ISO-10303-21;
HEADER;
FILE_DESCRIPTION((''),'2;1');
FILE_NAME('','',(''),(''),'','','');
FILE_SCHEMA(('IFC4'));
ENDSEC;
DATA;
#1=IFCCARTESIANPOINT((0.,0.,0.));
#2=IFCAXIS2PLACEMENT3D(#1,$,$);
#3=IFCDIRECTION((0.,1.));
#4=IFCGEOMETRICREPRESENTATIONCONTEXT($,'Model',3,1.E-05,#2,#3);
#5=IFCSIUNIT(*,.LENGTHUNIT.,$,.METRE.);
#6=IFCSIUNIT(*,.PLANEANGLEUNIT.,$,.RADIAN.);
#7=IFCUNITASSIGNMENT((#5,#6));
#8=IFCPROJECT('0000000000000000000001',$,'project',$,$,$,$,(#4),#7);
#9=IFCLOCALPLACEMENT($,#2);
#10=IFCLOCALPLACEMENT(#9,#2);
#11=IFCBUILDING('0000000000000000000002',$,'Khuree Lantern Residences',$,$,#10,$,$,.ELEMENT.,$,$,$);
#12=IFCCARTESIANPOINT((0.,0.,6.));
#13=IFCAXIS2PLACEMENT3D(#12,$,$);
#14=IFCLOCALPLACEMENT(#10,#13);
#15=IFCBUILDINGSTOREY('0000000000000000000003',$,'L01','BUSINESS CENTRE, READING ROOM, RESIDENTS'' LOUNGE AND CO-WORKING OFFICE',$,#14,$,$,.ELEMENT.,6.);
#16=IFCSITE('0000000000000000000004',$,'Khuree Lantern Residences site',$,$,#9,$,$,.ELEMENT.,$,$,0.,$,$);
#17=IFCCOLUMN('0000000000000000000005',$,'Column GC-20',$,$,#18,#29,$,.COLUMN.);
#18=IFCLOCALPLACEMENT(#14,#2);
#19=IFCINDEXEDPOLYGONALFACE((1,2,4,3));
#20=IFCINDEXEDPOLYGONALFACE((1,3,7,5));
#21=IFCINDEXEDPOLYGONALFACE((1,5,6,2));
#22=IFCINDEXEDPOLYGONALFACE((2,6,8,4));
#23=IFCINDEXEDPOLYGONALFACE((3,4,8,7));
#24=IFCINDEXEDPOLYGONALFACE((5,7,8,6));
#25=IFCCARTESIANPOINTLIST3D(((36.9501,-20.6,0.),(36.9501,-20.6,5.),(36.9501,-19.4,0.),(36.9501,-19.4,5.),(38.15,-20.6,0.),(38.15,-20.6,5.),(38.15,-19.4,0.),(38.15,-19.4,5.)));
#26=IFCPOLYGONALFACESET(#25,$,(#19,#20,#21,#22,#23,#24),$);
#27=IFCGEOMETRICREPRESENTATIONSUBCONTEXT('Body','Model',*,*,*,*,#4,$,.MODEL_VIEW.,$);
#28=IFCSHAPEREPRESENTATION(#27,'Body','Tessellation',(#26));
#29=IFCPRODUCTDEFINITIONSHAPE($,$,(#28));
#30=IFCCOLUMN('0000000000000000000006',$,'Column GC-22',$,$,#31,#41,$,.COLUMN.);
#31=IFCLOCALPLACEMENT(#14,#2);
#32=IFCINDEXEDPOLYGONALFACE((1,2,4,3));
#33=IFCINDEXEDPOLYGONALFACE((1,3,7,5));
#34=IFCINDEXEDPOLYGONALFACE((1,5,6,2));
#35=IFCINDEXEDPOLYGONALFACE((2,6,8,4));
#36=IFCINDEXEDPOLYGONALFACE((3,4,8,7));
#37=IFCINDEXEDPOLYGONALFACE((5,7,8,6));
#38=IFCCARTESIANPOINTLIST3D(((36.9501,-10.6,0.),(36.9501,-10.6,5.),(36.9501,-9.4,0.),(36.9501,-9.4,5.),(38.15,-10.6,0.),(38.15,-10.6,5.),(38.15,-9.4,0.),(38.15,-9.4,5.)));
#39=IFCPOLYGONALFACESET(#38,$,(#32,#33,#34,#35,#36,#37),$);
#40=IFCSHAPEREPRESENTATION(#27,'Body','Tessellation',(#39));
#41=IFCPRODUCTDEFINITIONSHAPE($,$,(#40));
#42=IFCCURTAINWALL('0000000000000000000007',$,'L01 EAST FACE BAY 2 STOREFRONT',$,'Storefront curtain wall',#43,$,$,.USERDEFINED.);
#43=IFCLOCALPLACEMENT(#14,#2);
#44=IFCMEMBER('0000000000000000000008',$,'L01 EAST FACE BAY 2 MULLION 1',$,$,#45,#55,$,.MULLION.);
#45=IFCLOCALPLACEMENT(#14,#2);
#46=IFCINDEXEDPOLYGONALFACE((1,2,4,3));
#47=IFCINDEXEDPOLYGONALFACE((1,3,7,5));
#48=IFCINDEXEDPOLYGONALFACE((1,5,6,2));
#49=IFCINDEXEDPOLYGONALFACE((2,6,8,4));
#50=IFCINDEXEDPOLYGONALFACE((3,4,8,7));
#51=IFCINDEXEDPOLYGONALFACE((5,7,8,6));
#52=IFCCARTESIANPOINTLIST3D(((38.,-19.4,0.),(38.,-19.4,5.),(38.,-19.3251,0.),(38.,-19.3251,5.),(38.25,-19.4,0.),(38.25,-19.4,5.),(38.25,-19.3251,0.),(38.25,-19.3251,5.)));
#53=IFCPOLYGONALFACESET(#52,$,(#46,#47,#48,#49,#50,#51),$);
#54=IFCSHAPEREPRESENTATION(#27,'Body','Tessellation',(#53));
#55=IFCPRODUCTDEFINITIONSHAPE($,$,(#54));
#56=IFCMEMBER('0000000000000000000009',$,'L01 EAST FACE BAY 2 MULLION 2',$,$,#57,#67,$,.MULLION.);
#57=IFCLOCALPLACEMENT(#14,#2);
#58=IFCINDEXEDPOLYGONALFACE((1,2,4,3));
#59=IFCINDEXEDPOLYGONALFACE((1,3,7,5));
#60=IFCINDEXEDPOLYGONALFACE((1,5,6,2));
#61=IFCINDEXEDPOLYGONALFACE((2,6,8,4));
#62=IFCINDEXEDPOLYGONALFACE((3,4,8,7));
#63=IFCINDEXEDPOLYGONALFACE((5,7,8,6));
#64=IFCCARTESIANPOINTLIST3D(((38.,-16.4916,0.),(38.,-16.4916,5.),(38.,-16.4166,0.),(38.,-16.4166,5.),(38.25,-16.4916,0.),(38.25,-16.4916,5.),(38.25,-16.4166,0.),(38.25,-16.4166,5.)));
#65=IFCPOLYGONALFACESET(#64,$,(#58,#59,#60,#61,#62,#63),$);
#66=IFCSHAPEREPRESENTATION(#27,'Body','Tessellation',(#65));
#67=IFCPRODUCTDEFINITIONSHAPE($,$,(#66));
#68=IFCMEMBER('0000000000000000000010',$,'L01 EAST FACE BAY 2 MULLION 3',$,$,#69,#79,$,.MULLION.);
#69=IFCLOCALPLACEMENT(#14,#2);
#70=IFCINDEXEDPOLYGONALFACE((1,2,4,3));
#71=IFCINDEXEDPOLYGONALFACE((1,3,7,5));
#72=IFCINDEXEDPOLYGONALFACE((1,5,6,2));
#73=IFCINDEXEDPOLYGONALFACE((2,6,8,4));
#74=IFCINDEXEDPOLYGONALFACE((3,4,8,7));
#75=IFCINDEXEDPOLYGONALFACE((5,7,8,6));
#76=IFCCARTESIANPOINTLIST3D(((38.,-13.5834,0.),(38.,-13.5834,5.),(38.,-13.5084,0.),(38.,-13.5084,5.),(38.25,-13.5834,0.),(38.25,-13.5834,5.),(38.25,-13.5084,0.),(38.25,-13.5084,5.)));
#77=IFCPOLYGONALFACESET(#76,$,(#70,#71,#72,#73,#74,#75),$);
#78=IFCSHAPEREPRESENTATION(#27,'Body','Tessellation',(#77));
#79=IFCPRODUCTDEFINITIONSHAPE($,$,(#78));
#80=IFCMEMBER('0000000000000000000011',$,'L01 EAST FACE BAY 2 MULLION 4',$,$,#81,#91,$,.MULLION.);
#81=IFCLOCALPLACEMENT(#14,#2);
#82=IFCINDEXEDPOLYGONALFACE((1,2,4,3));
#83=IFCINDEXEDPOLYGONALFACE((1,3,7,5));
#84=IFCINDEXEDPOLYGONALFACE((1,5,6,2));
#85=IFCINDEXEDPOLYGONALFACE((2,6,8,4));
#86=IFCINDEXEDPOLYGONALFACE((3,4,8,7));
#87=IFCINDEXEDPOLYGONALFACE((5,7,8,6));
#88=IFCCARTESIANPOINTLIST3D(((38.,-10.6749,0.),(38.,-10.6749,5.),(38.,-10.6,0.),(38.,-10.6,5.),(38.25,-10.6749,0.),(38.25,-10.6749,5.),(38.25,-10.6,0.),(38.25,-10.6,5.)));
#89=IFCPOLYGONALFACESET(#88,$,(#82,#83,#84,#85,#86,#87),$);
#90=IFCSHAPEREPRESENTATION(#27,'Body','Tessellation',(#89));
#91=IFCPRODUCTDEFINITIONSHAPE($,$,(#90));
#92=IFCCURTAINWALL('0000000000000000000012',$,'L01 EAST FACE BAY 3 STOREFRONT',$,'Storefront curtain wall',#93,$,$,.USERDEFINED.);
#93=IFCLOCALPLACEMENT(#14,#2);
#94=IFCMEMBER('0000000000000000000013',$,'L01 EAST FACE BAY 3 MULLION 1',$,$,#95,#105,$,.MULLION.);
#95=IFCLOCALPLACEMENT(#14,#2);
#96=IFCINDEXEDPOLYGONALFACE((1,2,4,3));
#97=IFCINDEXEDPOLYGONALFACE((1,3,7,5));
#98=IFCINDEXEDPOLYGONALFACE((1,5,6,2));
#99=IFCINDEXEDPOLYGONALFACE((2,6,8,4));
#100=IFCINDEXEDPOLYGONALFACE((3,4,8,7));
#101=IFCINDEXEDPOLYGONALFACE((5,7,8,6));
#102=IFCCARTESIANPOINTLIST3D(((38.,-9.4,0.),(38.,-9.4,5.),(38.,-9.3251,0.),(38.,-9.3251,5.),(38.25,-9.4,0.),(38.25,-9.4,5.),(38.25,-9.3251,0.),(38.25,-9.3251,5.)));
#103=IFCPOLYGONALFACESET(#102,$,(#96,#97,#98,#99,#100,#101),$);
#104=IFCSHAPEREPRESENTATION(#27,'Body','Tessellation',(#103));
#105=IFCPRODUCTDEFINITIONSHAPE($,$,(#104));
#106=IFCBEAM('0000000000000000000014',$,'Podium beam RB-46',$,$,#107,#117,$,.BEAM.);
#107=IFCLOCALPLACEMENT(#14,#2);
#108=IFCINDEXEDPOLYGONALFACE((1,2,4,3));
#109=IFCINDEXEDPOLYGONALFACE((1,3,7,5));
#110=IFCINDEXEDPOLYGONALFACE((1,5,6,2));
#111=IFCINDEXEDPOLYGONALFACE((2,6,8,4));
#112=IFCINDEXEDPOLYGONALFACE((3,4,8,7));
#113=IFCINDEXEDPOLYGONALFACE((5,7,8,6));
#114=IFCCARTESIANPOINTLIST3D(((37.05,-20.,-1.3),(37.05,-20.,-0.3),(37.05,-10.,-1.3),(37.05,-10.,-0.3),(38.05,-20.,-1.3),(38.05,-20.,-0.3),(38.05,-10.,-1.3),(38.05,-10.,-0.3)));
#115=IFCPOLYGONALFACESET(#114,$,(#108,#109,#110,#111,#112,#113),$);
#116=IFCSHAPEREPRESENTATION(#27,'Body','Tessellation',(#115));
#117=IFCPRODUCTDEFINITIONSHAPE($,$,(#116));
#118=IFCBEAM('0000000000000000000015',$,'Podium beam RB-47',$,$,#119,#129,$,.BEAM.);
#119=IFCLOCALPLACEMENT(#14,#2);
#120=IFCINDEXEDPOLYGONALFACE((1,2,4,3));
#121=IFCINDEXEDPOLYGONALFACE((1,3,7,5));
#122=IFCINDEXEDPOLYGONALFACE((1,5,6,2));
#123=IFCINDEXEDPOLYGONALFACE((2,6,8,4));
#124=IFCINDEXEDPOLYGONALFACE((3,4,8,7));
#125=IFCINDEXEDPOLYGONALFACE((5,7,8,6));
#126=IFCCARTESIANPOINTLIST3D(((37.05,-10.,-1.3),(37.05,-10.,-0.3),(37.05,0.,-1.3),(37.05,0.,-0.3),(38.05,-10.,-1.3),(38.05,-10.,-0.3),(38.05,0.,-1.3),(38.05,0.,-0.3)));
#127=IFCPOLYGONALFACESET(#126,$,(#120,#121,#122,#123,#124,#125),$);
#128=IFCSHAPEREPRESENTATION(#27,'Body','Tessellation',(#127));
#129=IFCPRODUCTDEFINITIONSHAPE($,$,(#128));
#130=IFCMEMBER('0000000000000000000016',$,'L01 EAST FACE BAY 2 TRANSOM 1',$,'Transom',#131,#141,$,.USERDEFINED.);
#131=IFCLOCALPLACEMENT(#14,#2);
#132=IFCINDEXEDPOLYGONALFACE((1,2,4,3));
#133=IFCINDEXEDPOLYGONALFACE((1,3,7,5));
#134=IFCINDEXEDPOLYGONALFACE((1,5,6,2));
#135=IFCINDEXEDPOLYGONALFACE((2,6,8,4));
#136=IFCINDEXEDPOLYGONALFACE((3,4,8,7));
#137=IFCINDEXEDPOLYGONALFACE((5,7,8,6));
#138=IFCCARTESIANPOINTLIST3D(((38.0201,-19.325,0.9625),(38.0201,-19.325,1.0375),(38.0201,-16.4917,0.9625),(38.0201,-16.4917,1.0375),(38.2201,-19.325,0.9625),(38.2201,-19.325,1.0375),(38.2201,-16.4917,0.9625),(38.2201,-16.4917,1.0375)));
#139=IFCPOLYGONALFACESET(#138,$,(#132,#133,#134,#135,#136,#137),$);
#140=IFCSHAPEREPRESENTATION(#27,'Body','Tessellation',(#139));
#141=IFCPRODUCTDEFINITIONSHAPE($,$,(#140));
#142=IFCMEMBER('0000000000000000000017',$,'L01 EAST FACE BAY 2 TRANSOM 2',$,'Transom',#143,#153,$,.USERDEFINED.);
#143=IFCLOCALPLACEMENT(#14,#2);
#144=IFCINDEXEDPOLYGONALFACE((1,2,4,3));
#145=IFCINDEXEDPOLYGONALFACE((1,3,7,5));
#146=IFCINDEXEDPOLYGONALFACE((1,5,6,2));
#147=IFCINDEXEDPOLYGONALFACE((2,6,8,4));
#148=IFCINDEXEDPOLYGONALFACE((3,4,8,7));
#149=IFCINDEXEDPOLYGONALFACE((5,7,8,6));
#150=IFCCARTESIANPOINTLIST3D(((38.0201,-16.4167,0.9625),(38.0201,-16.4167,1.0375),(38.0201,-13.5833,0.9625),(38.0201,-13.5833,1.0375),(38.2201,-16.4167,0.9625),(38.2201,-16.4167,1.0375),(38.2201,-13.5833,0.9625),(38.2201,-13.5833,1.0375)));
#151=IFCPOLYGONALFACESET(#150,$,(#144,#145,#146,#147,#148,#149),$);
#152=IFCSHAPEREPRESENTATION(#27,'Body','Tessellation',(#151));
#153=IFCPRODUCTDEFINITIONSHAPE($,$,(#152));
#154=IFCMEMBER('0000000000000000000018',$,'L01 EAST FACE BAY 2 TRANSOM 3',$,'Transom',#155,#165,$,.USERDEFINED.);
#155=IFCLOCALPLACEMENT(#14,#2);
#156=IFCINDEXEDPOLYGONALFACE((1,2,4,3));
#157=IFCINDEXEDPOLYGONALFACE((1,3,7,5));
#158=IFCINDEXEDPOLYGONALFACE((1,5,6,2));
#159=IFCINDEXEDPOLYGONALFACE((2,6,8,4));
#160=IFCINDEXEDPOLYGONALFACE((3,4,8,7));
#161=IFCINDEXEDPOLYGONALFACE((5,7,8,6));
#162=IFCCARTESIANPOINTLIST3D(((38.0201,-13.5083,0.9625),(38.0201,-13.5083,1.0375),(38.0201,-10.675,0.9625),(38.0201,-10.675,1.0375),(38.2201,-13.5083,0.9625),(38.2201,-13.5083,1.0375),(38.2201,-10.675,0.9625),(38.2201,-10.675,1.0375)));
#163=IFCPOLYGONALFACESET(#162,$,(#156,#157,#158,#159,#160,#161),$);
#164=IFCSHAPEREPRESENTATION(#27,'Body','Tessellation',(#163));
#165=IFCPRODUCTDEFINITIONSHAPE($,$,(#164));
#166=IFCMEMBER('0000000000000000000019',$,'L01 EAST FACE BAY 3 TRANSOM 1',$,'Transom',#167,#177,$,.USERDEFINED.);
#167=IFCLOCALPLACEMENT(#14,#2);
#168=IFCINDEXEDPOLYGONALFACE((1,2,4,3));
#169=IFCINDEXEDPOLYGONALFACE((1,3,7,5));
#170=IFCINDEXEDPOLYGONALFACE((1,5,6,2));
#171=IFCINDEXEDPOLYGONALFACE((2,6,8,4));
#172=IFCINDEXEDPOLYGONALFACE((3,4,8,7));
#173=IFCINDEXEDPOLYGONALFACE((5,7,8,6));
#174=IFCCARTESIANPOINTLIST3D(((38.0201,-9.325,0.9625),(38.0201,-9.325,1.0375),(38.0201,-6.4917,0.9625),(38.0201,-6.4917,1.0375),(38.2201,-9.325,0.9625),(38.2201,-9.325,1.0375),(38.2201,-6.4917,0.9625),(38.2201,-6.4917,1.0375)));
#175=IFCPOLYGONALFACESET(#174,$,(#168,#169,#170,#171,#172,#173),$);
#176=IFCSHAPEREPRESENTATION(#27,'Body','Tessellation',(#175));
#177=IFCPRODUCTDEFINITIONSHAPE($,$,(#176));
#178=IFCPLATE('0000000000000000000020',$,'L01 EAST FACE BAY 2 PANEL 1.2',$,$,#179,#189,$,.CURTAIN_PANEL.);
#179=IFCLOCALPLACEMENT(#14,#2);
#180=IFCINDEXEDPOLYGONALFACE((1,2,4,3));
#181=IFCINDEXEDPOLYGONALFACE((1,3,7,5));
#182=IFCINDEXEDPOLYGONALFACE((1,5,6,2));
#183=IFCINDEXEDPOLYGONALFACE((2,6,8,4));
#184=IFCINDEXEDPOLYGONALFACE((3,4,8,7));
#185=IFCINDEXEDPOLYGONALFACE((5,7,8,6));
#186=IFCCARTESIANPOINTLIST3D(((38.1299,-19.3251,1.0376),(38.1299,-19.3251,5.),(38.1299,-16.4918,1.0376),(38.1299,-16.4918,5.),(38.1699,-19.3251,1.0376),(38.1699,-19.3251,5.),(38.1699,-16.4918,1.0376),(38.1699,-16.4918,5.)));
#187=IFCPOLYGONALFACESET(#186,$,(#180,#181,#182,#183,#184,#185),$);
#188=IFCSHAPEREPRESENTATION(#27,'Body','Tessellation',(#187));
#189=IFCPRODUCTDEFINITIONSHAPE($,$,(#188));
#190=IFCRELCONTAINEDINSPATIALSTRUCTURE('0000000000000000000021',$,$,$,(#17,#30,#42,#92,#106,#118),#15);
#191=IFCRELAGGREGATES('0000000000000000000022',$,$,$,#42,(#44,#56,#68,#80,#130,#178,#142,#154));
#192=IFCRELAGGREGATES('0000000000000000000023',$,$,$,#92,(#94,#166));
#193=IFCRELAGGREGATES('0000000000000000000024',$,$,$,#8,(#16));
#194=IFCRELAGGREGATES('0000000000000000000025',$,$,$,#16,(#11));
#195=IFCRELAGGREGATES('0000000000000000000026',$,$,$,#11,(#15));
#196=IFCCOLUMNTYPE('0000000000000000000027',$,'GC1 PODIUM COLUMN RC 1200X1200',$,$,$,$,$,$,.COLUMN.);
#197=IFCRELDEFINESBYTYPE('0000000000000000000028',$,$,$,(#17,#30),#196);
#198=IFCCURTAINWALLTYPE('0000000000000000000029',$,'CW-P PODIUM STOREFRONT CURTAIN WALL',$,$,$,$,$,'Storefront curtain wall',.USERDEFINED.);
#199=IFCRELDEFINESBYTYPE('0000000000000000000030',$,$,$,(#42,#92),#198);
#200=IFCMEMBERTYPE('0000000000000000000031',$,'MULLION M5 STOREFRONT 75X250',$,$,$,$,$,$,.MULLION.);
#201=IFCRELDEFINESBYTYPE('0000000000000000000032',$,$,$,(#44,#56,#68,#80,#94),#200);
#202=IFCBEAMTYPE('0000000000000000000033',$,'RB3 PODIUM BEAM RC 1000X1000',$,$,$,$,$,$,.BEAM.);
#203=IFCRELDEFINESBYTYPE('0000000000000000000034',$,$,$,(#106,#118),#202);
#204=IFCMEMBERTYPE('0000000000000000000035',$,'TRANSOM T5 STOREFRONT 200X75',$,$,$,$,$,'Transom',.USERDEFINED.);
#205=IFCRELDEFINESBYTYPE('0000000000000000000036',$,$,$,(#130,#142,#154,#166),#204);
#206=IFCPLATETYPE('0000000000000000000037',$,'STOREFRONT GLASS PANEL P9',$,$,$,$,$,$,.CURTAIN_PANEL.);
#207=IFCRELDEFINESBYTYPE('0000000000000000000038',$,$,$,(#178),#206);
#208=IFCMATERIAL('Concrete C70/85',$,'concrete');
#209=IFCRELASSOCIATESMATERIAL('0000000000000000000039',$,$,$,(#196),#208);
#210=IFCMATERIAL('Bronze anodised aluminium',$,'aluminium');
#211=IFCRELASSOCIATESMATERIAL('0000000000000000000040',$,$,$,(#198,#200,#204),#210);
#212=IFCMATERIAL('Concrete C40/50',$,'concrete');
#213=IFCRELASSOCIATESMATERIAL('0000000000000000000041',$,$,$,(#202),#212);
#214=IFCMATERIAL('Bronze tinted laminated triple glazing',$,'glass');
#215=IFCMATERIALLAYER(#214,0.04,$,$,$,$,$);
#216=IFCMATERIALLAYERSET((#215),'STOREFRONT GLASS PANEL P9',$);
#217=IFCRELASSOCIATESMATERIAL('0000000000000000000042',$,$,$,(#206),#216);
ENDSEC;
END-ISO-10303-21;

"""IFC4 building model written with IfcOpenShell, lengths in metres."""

from ifc_helpers import new_model, si_unit, direction, frame, origin, origin_2d, place, context, subcontext, project, spatial, rectangle, extrude, material, layer, layer_set, material_profile, profile_set, type_object, element, aggregate, save


model = new_model("IFC4")

# Units and contexts
model_context = context("Model", 3, precision=1e-05, world=origin(), true_north=direction((0.0, 1.0)))
body_context = subcontext(model_context, "Body", "Model", "MODEL_VIEW")
ifc_project = project(units=[si_unit("LENGTHUNIT", "METRE"), si_unit("PLANEANGLEUNIT", "RADIAN")], contexts=[model_context])

# Site, building, storey
site_placement = place(None, origin())
site = spatial("IfcSite", under=ifc_project, at=site_placement, Name="Khuree Lantern Residences site", CompositionType="ELEMENT", RefElevation=0.0)
building_placement = place(site_placement, origin())
building = spatial("IfcBuilding", under=site, at=building_placement, Name="Khuree Lantern Residences", CompositionType="ELEMENT")
storey_placement = place(building_placement, frame((0.0, 0.0, 6.0)))
storey = spatial("IfcBuildingStorey", under=building, at=storey_placement, Name="L01", Description="BUSINESS CENTRE, READING ROOM, RESIDENTS' LOUNGE AND CO-WORKING OFFICE", CompositionType="ELEMENT", Elevation=6.0)

# Columns
ifc_material_1 = material(Name="Concrete C70/85", Category="concrete")
ifc_material_profile_1 = material_profile(ifc_material_1, rectangle(XDim=1.2, YDim=1.2, at=origin_2d()), Name="RC 1200X1200")
ifc_profile_set_1 = profile_set([ifc_material_profile_1], Name="Concrete C70/85")
column_type = type_object("IfcColumnType", Name="GC1 PODIUM COLUMN RC 1200X1200", PredefinedType="COLUMN", material=ifc_profile_set_1)
for number, where, z_axis, x_axis, name in (
    (1, (37.55, -20.0, 0.0), (0.0, 0.0, 1.0), (1.0, 0.0, 0.0), "Column GC-20"),
    (2, (37.55, -10.0, 0.0), (0.0, 0.0, 1.0), (1.0, 0.0, 0.0), "Column GC-22"),
):
    element("IfcColumn", number, at=place(storey_placement, frame(where, z_axis=z_axis, x_axis=x_axis)), inside=storey, type_object=column_type, Name=name, PredefinedType="COLUMN", context=body_context, shape_type="SweptSolid", body=[
        extrude(rectangle(XDim=1.2, YDim=1.2, at=origin_2d()), origin(), (0.0, 0.0, 1.0), 5.0),
    ])

# Curtain wall, members
ifc_material_2 = material(Name="Bronze anodised aluminium", Category="aluminium")
curtain_wall_type = type_object("IfcCurtainWallType", Name="CW-P PODIUM STOREFRONT CURTAIN WALL", ElementType="Storefront curtain wall", PredefinedType="USERDEFINED", material=ifc_material_2)
curtain_wall_1_placement = place(storey_placement, origin())
curtain_wall_1 = element("IfcCurtainWall", 3, at=curtain_wall_1_placement, inside=storey, type_object=curtain_wall_type, Name="L01 EAST FACE BAY 2 STOREFRONT", ObjectType="Storefront curtain wall", PredefinedType="USERDEFINED")
ifc_material_profile_2 = material_profile(ifc_material_2, rectangle(XDim=0.075, YDim=0.25, at=origin_2d()), Name="M5 75X250")
ifc_profile_set_2 = profile_set([ifc_material_profile_2], Name="Bronze anodised aluminium")
member_type_1 = type_object("IfcMemberType", Name="MULLION M5 STOREFRONT 75X250", PredefinedType="MULLION", material=ifc_profile_set_2)
member_1_placement = place(storey_placement, frame((38.125, -19.3625, 0.0), z_axis=(0.0, 0.0, 1.0), x_axis=(0.0, 1.0, 0.0)))
member_1 = element("IfcMember", 4, at=member_1_placement, type_object=member_type_1, Name="L01 EAST FACE BAY 2 MULLION 1", PredefinedType="MULLION", context=body_context, shape_type="SweptSolid", body=[
    extrude(rectangle(XDim=0.075, YDim=0.25, at=origin_2d()), origin(), (0.0, 0.0, 1.0), 5.0),
])
member_2_placement = place(storey_placement, frame((38.125, -16.4541, 0.0), z_axis=(0.0, 0.0, 1.0), x_axis=(0.0, 1.0, 0.0)))
member_2 = element("IfcMember", 5, at=member_2_placement, type_object=member_type_1, Name="L01 EAST FACE BAY 2 MULLION 2", PredefinedType="MULLION", context=body_context, shape_type="SweptSolid", body=[
    extrude(rectangle(XDim=0.075, YDim=0.25, at=origin_2d()), origin(), (0.0, 0.0, 1.0), 5.0),
])
member_3_placement = place(storey_placement, frame((38.125, -13.5459, 0.0), z_axis=(0.0, 0.0, 1.0), x_axis=(0.0, 1.0, 0.0)))
member_3 = element("IfcMember", 6, at=member_3_placement, type_object=member_type_1, Name="L01 EAST FACE BAY 2 MULLION 3", PredefinedType="MULLION", context=body_context, shape_type="SweptSolid", body=[
    extrude(rectangle(XDim=0.075, YDim=0.25, at=origin_2d()), origin(), (0.0, 0.0, 1.0), 5.0),
])
member_4_placement = place(storey_placement, frame((38.125, -10.6375, 0.0), z_axis=(0.0, 0.0, 1.0), x_axis=(0.0, 1.0, 0.0)))
member_4 = element("IfcMember", 7, at=member_4_placement, type_object=member_type_1, Name="L01 EAST FACE BAY 2 MULLION 4", PredefinedType="MULLION", context=body_context, shape_type="SweptSolid", body=[
    extrude(rectangle(XDim=0.075, YDim=0.25, at=origin_2d()), origin(), (0.0, 0.0, 1.0), 5.0),
])

# Curtain wall, member
curtain_wall_2_placement = place(storey_placement, origin())
curtain_wall_2 = element("IfcCurtainWall", 8, at=curtain_wall_2_placement, inside=storey, type_object=curtain_wall_type, Name="L01 EAST FACE BAY 3 STOREFRONT", ObjectType="Storefront curtain wall", PredefinedType="USERDEFINED")
member_5_placement = place(storey_placement, frame((38.125, -9.3625, 0.0), z_axis=(0.0, 0.0, 1.0), x_axis=(0.0, 1.0, 0.0)))
member_5 = element("IfcMember", 9, at=member_5_placement, type_object=member_type_1, Name="L01 EAST FACE BAY 3 MULLION 1", PredefinedType="MULLION", context=body_context, shape_type="SweptSolid", body=[
    extrude(rectangle(XDim=0.075, YDim=0.25, at=origin_2d()), origin(), (0.0, 0.0, 1.0), 5.0),
])

# Beams
ifc_material_3 = material(Name="Concrete C40/50", Category="concrete")
ifc_material_profile_3 = material_profile(ifc_material_3, rectangle(XDim=1.0, YDim=1.0, at=origin_2d()), Name="RC 1000X1000")
ifc_profile_set_3 = profile_set([ifc_material_profile_3], Name="Concrete C40/50")
beam_type = type_object("IfcBeamType", Name="RB3 PODIUM BEAM RC 1000X1000", PredefinedType="BEAM", material=ifc_profile_set_3)
for number, where, z_axis, x_axis, name in (
    (10, (37.55, -20.0, -0.8), (0.0, 1.0, 0.0), (-1.0, 0.0, 0.0), "Podium beam RB-46"),
    (11, (37.55, -10.0, -0.8), (0.0, 1.0, 0.0), (-1.0, 0.0, 0.0), "Podium beam RB-47"),
):
    element("IfcBeam", number, at=place(storey_placement, frame(where, z_axis=z_axis, x_axis=x_axis)), inside=storey, type_object=beam_type, Name=name, PredefinedType="BEAM", context=body_context, shape_type="SweptSolid", body=[
        extrude(rectangle(XDim=1.0, YDim=1.0, at=origin_2d()), origin(), (0.0, 0.0, 1.0), 10.0),
    ])

# Members
ifc_material_profile_4 = material_profile(ifc_material_2, rectangle(XDim=0.2, YDim=0.075, at=origin_2d()), Name="T5 200X75")
ifc_profile_set_4 = profile_set([ifc_material_profile_4], Name="Bronze anodised aluminium")
member_type_2 = type_object("IfcMemberType", Name="TRANSOM T5 STOREFRONT 200X75", ElementType="Transom", PredefinedType="USERDEFINED", material=ifc_profile_set_4)
member_6_placement = place(storey_placement, frame((38.1201, -19.325, 1.0), z_axis=(0.0, 1.0, 0.0), x_axis=(-1.0, 0.0, 0.0)))
member_6 = element("IfcMember", 12, at=member_6_placement, type_object=member_type_2, Name="L01 EAST FACE BAY 2 TRANSOM 1", ObjectType="Transom", PredefinedType="USERDEFINED", context=body_context, shape_type="SweptSolid", body=[
    extrude(rectangle(XDim=0.2, YDim=0.075, at=origin_2d()), origin(), (0.0, 0.0, 1.0), 2.8333),
])
member_7_placement = place(storey_placement, frame((38.1201, -16.4167, 1.0), z_axis=(0.0, 1.0, 0.0), x_axis=(-1.0, 0.0, 0.0)))
member_7 = element("IfcMember", 13, at=member_7_placement, type_object=member_type_2, Name="L01 EAST FACE BAY 2 TRANSOM 2", ObjectType="Transom", PredefinedType="USERDEFINED", context=body_context, shape_type="SweptSolid", body=[
    extrude(rectangle(XDim=0.2, YDim=0.075, at=origin_2d()), origin(), (0.0, 0.0, 1.0), 2.8335),
])
member_8_placement = place(storey_placement, frame((38.1201, -13.5083, 1.0), z_axis=(0.0, 1.0, 0.0), x_axis=(-1.0, 0.0, 0.0)))
member_8 = element("IfcMember", 14, at=member_8_placement, type_object=member_type_2, Name="L01 EAST FACE BAY 2 TRANSOM 3", ObjectType="Transom", PredefinedType="USERDEFINED", context=body_context, shape_type="SweptSolid", body=[
    extrude(rectangle(XDim=0.2, YDim=0.075, at=origin_2d()), origin(), (0.0, 0.0, 1.0), 2.8333),
])
member_9_placement = place(storey_placement, frame((38.1201, -9.325, 1.0), z_axis=(0.0, 1.0, 0.0), x_axis=(-1.0, 0.0, 0.0)))
member_9 = element("IfcMember", 15, at=member_9_placement, type_object=member_type_2, Name="L01 EAST FACE BAY 3 TRANSOM 1", ObjectType="Transom", PredefinedType="USERDEFINED", context=body_context, shape_type="SweptSolid", body=[
    extrude(rectangle(XDim=0.2, YDim=0.075, at=origin_2d()), origin(), (0.0, 0.0, 1.0), 2.8333),
])

# Plate
ifc_material_4 = material(Name="Bronze tinted laminated triple glazing", Category="glass")
ifc_layer_1 = layer(ifc_material_4, 0.04)
ifc_layer_set_1 = layer_set([ifc_layer_1], Name="STOREFRONT GLASS PANEL P9")
plate_type_1 = type_object("IfcPlateType", Name="STOREFRONT GLASS PANEL P9", PredefinedType="CURTAIN_PANEL", material=ifc_layer_set_1)
plate_1_placement = place(storey_placement, frame((38.1499, -17.9084, 1.0376), z_axis=(0.0, 0.0, 1.0), x_axis=(0.0, 1.0, 0.0)))
plate_1 = element("IfcPlate", 16, at=plate_1_placement, type_object=plate_type_1, Name="L01 EAST FACE BAY 2 PANEL 1.2", PredefinedType="CURTAIN_PANEL", context=body_context, shape_type="SweptSolid", body=[
    extrude(rectangle(XDim=2.8333, YDim=0.04, at=origin_2d()), origin(), (0.0, 0.0, 1.0), 3.9624),
])
aggregate(curtain_wall_1, [member_1, member_2, member_3, member_4, member_6, plate_1, member_7, member_8])
aggregate(curtain_wall_2, [member_5, member_9])

save(model, "model.ifc")
